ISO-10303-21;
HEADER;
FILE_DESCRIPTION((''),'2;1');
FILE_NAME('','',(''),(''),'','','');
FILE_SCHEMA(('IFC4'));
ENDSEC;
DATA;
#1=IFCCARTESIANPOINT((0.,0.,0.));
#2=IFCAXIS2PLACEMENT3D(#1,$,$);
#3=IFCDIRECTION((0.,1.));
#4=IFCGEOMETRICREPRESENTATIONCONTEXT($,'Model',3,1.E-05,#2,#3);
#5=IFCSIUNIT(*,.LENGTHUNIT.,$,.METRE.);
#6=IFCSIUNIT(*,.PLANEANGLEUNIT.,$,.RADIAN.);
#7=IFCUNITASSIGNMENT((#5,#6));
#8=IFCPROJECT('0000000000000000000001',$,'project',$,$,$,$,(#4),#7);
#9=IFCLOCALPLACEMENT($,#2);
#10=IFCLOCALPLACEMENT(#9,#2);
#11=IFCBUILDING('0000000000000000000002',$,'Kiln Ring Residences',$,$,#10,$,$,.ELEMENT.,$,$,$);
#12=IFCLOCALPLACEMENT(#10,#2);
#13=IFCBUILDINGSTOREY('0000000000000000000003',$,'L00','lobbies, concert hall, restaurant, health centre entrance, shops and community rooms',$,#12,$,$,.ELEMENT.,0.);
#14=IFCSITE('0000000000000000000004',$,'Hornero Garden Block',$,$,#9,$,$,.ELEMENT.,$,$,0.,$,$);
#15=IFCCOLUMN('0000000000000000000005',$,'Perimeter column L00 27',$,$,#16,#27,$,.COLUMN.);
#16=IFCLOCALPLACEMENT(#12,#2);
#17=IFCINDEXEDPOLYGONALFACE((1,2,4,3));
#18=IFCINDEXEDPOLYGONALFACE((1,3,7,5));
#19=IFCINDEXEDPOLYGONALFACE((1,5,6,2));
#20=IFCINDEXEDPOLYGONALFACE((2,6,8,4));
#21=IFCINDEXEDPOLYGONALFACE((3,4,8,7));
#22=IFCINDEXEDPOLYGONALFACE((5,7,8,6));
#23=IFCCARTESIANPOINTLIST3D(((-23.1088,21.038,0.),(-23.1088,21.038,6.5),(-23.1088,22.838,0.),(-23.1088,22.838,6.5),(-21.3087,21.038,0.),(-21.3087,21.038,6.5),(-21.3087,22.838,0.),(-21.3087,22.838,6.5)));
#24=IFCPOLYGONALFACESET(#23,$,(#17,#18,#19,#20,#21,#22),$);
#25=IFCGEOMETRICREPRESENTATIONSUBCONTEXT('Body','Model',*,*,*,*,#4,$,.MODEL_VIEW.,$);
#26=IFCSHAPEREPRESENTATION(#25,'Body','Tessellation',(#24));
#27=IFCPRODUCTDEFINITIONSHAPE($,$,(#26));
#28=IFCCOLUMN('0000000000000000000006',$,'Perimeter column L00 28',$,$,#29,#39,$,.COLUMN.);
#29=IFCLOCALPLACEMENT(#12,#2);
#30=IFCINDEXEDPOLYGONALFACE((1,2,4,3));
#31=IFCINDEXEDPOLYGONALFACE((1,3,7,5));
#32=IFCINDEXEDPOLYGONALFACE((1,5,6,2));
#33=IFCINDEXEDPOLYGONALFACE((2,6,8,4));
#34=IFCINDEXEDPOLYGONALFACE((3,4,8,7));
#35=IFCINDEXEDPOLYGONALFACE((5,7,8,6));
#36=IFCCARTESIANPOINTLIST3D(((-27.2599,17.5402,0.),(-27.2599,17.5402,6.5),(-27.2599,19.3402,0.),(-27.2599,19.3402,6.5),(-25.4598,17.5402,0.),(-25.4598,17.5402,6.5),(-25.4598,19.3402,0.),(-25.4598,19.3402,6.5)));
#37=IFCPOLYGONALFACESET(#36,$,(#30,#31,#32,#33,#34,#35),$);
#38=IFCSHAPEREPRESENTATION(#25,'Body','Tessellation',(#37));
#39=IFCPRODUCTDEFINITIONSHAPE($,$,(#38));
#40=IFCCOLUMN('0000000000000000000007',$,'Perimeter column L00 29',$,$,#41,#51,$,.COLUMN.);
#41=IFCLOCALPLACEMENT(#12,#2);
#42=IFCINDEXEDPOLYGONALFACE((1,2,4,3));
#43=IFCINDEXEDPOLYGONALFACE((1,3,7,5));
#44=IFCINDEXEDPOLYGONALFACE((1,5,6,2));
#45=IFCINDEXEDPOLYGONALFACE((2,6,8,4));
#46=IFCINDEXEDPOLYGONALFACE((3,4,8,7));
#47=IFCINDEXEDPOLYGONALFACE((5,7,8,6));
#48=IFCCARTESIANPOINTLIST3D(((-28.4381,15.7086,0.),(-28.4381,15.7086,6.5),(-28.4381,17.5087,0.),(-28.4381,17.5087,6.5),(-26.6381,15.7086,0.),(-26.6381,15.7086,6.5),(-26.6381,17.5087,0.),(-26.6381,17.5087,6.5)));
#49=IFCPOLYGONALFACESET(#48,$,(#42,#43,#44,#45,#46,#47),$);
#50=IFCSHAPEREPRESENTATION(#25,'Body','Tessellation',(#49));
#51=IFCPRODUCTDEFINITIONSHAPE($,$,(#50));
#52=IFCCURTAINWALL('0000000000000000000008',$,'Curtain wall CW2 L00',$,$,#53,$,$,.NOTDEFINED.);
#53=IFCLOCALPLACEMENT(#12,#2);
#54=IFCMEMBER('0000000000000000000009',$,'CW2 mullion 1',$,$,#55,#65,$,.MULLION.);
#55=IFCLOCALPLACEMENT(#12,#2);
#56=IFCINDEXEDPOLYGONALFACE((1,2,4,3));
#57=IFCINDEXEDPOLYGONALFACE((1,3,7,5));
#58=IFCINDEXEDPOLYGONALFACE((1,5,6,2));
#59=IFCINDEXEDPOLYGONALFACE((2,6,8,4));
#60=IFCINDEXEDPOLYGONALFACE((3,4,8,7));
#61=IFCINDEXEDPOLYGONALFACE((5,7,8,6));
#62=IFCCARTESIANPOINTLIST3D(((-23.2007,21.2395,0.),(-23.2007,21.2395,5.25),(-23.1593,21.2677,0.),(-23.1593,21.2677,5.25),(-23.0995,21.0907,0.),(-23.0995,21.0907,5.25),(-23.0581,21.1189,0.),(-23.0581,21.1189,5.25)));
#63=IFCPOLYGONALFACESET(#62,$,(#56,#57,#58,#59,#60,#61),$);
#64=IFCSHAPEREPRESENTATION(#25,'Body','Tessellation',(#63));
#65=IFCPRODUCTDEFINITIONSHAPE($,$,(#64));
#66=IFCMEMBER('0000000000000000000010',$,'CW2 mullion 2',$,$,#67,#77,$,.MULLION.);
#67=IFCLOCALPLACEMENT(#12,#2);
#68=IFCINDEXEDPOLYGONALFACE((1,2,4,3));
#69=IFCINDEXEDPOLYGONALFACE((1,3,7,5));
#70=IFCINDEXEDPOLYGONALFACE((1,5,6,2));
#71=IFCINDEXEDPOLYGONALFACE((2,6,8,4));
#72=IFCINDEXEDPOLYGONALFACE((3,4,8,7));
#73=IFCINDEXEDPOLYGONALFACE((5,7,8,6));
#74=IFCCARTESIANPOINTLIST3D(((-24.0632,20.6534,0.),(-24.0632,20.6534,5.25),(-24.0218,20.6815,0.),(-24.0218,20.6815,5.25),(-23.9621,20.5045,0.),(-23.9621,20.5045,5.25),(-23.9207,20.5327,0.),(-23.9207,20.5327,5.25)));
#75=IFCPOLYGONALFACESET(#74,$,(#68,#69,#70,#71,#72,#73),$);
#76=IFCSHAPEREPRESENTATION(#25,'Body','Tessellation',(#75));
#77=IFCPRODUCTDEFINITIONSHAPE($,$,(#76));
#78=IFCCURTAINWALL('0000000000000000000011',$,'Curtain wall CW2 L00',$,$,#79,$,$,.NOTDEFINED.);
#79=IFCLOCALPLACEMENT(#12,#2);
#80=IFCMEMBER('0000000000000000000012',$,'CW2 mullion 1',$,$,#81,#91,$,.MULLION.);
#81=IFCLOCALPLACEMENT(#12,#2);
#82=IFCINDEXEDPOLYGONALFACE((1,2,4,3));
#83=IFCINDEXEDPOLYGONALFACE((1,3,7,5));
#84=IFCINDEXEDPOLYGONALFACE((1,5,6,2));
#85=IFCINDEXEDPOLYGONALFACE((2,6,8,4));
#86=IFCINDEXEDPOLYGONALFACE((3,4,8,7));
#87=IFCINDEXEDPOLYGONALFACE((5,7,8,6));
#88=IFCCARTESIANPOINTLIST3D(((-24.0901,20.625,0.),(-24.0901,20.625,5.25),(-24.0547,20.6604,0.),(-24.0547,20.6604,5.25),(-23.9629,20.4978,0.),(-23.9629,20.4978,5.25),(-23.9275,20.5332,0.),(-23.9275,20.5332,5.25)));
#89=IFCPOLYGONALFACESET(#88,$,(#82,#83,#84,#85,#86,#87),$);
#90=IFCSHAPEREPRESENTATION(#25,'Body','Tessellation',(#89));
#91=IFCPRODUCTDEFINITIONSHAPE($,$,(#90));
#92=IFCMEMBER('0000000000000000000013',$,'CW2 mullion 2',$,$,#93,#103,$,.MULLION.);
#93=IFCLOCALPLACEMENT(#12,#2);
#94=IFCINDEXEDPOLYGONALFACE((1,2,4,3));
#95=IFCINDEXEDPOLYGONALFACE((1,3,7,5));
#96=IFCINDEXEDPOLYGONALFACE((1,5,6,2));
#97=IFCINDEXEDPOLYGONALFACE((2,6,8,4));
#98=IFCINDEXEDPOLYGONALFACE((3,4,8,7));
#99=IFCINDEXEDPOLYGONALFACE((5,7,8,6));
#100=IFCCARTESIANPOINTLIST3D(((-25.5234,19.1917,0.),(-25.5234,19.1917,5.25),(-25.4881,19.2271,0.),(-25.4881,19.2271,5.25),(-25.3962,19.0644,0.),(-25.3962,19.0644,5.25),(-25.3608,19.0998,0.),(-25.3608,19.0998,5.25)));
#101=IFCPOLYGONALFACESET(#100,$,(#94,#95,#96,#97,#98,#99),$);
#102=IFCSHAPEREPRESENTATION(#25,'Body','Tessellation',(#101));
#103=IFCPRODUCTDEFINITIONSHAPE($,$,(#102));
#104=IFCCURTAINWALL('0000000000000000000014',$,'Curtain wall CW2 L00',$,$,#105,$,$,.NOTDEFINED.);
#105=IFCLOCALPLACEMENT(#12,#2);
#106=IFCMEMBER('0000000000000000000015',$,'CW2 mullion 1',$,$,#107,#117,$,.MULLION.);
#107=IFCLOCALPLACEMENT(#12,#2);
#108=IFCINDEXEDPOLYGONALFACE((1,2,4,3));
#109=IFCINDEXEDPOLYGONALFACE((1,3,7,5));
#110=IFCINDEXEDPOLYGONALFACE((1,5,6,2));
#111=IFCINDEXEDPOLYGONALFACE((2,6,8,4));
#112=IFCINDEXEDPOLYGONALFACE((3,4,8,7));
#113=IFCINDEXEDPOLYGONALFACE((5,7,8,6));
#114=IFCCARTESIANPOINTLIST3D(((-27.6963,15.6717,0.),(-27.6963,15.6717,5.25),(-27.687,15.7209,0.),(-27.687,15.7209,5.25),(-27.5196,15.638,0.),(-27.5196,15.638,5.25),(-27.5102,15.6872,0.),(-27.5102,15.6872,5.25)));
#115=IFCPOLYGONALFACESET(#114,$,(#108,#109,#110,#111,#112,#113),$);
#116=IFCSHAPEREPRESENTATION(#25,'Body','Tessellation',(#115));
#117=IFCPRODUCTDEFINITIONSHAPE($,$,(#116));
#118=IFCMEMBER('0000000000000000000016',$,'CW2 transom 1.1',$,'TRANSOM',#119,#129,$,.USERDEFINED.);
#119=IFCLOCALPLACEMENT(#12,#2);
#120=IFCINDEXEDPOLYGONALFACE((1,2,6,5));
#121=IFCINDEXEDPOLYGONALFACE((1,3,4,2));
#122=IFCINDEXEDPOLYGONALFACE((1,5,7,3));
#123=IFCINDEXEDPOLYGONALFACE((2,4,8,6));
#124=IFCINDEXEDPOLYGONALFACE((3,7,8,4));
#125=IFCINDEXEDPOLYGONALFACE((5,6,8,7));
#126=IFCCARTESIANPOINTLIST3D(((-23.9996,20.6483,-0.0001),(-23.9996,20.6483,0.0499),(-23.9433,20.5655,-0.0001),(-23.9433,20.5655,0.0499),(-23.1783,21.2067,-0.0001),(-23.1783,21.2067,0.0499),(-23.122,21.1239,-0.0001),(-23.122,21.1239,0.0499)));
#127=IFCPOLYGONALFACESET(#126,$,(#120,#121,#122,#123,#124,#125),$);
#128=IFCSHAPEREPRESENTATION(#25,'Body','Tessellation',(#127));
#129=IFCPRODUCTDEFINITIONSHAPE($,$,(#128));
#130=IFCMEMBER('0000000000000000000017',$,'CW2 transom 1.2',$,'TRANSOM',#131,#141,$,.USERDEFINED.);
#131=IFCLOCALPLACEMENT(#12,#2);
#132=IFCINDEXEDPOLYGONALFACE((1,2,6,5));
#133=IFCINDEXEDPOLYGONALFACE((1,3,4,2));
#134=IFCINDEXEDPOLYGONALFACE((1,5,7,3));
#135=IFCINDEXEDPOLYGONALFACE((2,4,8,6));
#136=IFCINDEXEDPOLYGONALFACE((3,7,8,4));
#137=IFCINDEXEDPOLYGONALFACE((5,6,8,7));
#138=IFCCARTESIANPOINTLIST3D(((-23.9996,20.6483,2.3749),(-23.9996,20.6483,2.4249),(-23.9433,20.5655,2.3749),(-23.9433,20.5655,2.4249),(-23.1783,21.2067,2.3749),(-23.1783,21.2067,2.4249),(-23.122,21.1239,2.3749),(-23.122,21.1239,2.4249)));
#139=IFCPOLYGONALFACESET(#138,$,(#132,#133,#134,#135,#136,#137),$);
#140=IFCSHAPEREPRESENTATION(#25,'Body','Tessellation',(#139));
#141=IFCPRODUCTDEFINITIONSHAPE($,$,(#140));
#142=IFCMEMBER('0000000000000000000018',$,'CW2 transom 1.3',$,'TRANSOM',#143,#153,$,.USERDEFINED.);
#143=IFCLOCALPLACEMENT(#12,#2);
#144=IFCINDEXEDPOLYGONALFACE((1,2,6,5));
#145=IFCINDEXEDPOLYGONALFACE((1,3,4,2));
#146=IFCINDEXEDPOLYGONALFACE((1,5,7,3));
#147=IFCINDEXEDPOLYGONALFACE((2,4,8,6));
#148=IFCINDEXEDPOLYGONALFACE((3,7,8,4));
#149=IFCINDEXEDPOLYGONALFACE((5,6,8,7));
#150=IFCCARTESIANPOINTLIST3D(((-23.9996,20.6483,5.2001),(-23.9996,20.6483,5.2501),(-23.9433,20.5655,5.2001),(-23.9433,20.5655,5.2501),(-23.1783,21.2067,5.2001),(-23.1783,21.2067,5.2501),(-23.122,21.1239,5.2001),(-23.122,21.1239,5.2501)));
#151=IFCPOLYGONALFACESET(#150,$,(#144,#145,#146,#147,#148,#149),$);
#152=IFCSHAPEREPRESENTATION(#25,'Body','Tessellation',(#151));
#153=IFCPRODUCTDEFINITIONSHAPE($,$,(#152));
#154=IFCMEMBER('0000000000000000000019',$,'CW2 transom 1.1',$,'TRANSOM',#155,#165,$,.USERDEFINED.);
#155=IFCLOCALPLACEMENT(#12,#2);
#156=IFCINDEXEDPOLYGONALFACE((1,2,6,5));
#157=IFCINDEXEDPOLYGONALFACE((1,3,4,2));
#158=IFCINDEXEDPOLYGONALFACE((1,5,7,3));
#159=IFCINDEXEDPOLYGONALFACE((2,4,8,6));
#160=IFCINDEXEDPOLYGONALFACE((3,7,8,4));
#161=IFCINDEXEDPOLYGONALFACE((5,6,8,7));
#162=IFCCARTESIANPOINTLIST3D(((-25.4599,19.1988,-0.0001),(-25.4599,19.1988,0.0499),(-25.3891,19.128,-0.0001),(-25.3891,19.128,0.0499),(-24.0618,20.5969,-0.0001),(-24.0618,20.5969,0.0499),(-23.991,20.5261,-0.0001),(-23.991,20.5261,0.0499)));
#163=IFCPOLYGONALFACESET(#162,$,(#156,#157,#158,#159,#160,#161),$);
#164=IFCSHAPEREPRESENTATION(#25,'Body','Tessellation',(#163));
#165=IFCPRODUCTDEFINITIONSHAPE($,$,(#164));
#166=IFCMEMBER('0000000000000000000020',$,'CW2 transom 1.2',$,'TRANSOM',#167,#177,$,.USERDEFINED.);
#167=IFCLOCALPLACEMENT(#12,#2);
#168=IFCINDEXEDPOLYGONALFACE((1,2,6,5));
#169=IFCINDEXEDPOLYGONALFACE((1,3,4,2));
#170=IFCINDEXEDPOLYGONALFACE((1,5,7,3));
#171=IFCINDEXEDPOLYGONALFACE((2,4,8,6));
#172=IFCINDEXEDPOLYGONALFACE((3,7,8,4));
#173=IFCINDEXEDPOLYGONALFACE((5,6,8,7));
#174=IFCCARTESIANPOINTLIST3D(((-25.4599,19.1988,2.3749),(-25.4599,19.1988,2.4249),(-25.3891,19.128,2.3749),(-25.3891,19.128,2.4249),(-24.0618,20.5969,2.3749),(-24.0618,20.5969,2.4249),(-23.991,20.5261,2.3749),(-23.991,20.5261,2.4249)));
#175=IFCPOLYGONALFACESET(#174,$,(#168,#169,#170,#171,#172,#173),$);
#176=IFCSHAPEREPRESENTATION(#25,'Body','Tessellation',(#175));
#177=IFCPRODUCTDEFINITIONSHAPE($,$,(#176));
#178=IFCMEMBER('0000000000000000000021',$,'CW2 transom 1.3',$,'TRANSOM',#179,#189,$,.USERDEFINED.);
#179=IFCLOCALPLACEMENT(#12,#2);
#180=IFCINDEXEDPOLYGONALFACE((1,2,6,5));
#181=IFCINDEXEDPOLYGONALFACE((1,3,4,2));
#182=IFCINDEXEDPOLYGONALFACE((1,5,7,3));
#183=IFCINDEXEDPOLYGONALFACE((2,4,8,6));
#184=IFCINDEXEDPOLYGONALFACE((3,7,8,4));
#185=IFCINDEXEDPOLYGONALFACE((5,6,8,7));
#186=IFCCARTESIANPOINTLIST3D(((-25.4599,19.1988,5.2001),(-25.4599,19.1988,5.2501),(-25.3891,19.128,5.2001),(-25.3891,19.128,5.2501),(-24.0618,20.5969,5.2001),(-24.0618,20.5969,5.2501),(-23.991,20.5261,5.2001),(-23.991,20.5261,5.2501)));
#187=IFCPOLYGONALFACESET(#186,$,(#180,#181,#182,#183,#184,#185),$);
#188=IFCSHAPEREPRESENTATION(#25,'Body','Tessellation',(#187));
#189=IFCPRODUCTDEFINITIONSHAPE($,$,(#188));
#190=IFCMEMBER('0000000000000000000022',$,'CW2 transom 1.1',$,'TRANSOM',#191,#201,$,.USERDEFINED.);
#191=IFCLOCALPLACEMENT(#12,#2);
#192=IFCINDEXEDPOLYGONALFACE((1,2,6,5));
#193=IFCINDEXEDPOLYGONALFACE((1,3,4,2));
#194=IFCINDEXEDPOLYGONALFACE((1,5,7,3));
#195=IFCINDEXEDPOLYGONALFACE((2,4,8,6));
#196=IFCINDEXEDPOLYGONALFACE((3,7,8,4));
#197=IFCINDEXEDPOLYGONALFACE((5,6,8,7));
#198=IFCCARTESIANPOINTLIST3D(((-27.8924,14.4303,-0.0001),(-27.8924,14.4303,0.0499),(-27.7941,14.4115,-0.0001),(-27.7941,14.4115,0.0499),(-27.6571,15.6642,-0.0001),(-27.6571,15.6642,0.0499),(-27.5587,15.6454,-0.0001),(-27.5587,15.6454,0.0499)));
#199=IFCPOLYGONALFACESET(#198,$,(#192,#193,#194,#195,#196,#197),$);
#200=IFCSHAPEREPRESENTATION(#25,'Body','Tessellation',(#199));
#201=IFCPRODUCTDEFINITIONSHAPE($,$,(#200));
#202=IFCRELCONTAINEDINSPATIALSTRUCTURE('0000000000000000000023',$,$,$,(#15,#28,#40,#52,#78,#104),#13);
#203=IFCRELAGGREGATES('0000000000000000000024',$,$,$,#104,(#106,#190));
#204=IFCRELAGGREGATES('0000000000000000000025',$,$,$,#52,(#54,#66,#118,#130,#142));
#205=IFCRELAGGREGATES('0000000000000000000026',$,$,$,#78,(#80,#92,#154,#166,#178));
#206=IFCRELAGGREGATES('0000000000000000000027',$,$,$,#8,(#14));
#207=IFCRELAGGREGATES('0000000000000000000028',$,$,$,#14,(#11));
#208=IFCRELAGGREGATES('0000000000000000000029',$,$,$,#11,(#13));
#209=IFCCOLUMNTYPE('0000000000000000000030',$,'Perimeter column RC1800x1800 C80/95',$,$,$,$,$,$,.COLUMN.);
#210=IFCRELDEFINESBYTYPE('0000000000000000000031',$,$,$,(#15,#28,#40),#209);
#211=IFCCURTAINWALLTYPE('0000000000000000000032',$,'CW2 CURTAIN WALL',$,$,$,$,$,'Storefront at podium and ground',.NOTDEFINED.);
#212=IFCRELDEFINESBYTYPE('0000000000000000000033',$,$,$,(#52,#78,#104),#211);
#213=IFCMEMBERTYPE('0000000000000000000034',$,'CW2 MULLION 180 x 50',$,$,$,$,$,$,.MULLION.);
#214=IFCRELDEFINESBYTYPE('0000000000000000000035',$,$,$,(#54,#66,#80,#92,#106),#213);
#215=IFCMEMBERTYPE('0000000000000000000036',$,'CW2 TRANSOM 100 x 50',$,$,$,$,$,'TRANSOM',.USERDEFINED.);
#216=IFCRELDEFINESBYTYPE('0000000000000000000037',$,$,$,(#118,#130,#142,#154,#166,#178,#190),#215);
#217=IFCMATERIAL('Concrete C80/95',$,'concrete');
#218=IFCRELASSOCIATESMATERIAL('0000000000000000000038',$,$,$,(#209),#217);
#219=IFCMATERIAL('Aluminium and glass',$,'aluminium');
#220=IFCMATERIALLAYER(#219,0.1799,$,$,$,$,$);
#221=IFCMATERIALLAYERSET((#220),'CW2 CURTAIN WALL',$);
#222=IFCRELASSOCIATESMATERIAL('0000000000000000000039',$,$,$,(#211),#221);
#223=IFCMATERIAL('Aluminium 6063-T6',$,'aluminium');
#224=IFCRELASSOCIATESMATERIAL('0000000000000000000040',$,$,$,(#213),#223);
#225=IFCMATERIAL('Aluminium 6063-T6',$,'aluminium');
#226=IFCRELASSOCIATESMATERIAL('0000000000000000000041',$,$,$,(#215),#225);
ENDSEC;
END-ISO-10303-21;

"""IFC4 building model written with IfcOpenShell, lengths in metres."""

from ifc_helpers import new_model, si_unit, direction, frame, origin, origin_2d, place, context, subcontext, project, spatial, rectangle, extrude, material, layer, layer_set, material_profile, profile_set, type_object, element, aggregate, save


model = new_model("IFC4")

# Units and contexts
model_context = context("Model", 3, precision=1e-05, world=origin(), true_north=direction((0.0, 1.0)))
body_context = subcontext(model_context, "Body", "Model", "MODEL_VIEW")
ifc_project = project(units=[si_unit("LENGTHUNIT", "METRE"), si_unit("PLANEANGLEUNIT", "RADIAN")], contexts=[model_context])

# Site, building, storey
site_placement = place(None, origin())
site = spatial("IfcSite", under=ifc_project, at=site_placement, Name="Hornero Garden Block", CompositionType="ELEMENT", RefElevation=0.0)
building_placement = place(site_placement, origin())
building = spatial("IfcBuilding", under=site, at=building_placement, Name="Kiln Ring Residences", CompositionType="ELEMENT")
storey_placement = place(building_placement, origin())
storey = spatial("IfcBuildingStorey", under=building, at=storey_placement, Name="L00", Description="lobbies, concert hall, restaurant, health centre entrance, shops and community rooms", CompositionType="ELEMENT", Elevation=0.0)

# Columns
ifc_material_1 = material(Name="Concrete C80/95", Category="concrete")
ifc_material_profile_1 = material_profile(ifc_material_1, rectangle(XDim=1.8, YDim=1.8, at=origin_2d()), Name="RC1800x1800")
ifc_profile_set_1 = profile_set([ifc_material_profile_1], Name="Concrete C80/95")
column_type = type_object("IfcColumnType", Name="Perimeter column RC1800x1800 C80/95", PredefinedType="COLUMN", material=ifc_profile_set_1)
for number, where, z_axis, x_axis, name in (
    (1, (-22.2087, 21.938, 0.0), (0.0, 0.0, 1.0), (1.0, 0.0, 0.0), "Perimeter column L00 27"),
    (2, (-26.3599, 18.4402, 0.0), (0.0, 0.0, 1.0), (1.0, 0.0, 0.0), "Perimeter column L00 28"),
    (3, (-27.5381, 16.6086, 0.0), (0.0, 0.0, 1.0), (1.0, 0.0, 0.0), "Perimeter column L00 29"),
):
    element("IfcColumn", number, at=place(storey_placement, frame(where, z_axis=z_axis, x_axis=x_axis)), inside=storey, type_object=column_type, Name=name, PredefinedType="COLUMN", context=body_context, shape_type="SweptSolid", body=[
        extrude(rectangle(XDim=1.8, YDim=1.8, at=origin_2d()), origin(), (0.0, 0.0, 1.0), 6.5),
    ])

# Curtain walls, members
ifc_material_2 = material(Name="Aluminium and glass", Category="aluminium")
ifc_layer_1 = layer(ifc_material_2, 0.1799)
ifc_layer_set_1 = layer_set([ifc_layer_1], Name="CW2 CURTAIN WALL")
curtain_wall_type = type_object("IfcCurtainWallType", Name="CW2 CURTAIN WALL", ElementType="Storefront at podium and ground", PredefinedType="NOTDEFINED", material=ifc_layer_set_1)
placement = place(storey_placement, origin())
curtain_wall_1 = element("IfcCurtainWall", 4, at=placement, inside=storey, type_object=curtain_wall_type, Name="Curtain wall CW2 L00", PredefinedType="NOTDEFINED")
ifc_material_3 = material(Name="Aluminium 6063-T6", Category="aluminium")
ifc_material_profile_2 = material_profile(ifc_material_3, rectangle(XDim=0.1799, YDim=0.05, at=origin_2d()), Name="AL 180x50")
ifc_profile_set_2 = profile_set([ifc_material_profile_2], Name="Aluminium 6063-T6")
member_type_1 = type_object("IfcMemberType", Name="CW2 MULLION 180 x 50", PredefinedType="MULLION", material=ifc_profile_set_2)
member_1_placement = place(storey_placement, frame((-23.1294, 21.1792, 0.0), z_axis=(0.0, 0.0, 1.0), x_axis=(0.562097, -0.827072, 0.0)))
member_1 = element("IfcMember", 5, at=member_1_placement, type_object=member_type_1, Name="CW2 mullion 1", PredefinedType="MULLION", context=body_context, shape_type="SweptSolid", body=[
    extrude(rectangle(XDim=0.1799, YDim=0.05, at=origin_2d()), origin(), (0.0, 0.0, 1.0), 5.25),
])
member_2_placement = place(storey_placement, frame((-23.9919, 20.593, 0.0), z_axis=(0.0, 0.0, 1.0), x_axis=(0.562097, -0.827072, 0.0)))
member_2 = element("IfcMember", 6, at=member_2_placement, type_object=member_type_1, Name="CW2 mullion 2", PredefinedType="MULLION", context=body_context, shape_type="SweptSolid", body=[
    extrude(rectangle(XDim=0.1799, YDim=0.05, at=origin_2d()), origin(), (0.0, 0.0, 1.0), 5.25),
])
curtain_wall_2 = element("IfcCurtainWall", 7, at=placement, inside=storey, type_object=curtain_wall_type, Name="Curtain wall CW2 L00", PredefinedType="NOTDEFINED")
member_3_placement = place(storey_placement, frame((-24.0088, 20.5791, 0.0), z_axis=(0.0, 0.0, 1.0), x_axis=(0.707107, -0.707107, 0.0)))
member_3 = element("IfcMember", 8, at=member_3_placement, type_object=member_type_1, Name="CW2 mullion 1", PredefinedType="MULLION", context=body_context, shape_type="SweptSolid", body=[
    extrude(rectangle(XDim=0.1799, YDim=0.05, at=origin_2d()), origin(), (0.0, 0.0, 1.0), 5.25),
])
member_4_placement = place(storey_placement, frame((-25.4421, 19.1458, 0.0), z_axis=(0.0, 0.0, 1.0), x_axis=(0.707107, -0.707107, 0.0)))
member_4 = element("IfcMember", 9, at=member_4_placement, type_object=member_type_1, Name="CW2 mullion 2", PredefinedType="MULLION", context=body_context, shape_type="SweptSolid", body=[
    extrude(rectangle(XDim=0.1799, YDim=0.05, at=origin_2d()), origin(), (0.0, 0.0, 1.0), 5.25),
])

# Curtain wall, member
curtain_wall_3 = element("IfcCurtainWall", 10, at=placement, inside=storey, type_object=curtain_wall_type, Name="Curtain wall CW2 L00", PredefinedType="NOTDEFINED")
member_5_placement = place(storey_placement, frame((-27.6033, 15.6794, 0.0), z_axis=(0.0, 0.0, 1.0), x_axis=(0.98229, -0.187366, 0.0)))
member_5 = element("IfcMember", 11, at=member_5_placement, type_object=member_type_1, Name="CW2 mullion 1", PredefinedType="MULLION", context=body_context, shape_type="SweptSolid", body=[
    extrude(rectangle(XDim=0.1799, YDim=0.05, at=origin_2d()), origin(), (0.0, 0.0, 1.0), 5.25),
])

# Members
ifc_material_4 = material(Name="Aluminium 6063-T6", Category="aluminium")
ifc_material_profile_3 = material_profile(ifc_material_4, rectangle(XDim=0.1001, YDim=0.05, at=origin_2d()), Name="AL 100x50")
ifc_profile_set_3 = profile_set([ifc_material_profile_3], Name="Aluminium 6063-T6")
member_type_2 = type_object("IfcMemberType", Name="CW2 TRANSOM 100 x 50", ElementType="TRANSOM", PredefinedType="USERDEFINED", material=ifc_profile_set_3)
member_6_placement = place(storey_placement, frame((-23.1501, 21.1653, 0.0249), z_axis=(-0.826986, -0.562223, 0.0), x_axis=(0.562223, -0.826986, 0.0)))
member_6 = element("IfcMember", 12, at=member_6_placement, type_object=member_type_2, Name="CW2 transom 1.1", ObjectType="TRANSOM", PredefinedType="USERDEFINED", context=body_context, shape_type="SweptSolid", body=[
    extrude(rectangle(XDim=0.1001, YDim=0.05, at=origin_2d()), origin(), (0.0, 0.0, 1.0), 0.9932),
])
member_7_placement = place(storey_placement, frame((-23.1501, 21.1653, 2.3999), z_axis=(-0.826986, -0.562223, 0.0), x_axis=(0.562223, -0.826986, 0.0)))
member_7 = element("IfcMember", 13, at=member_7_placement, type_object=member_type_2, Name="CW2 transom 1.2", ObjectType="TRANSOM", PredefinedType="USERDEFINED", context=body_context, shape_type="SweptSolid", body=[
    extrude(rectangle(XDim=0.1001, YDim=0.05, at=origin_2d()), origin(), (0.0, 0.0, 1.0), 0.9932),
])
member_8_placement = place(storey_placement, frame((-23.1501, 21.1653, 5.2251), z_axis=(-0.826986, -0.562223, 0.0), x_axis=(0.562223, -0.826986, 0.0)))
member_8 = element("IfcMember", 14, at=member_8_placement, type_object=member_type_2, Name="CW2 transom 1.3", ObjectType="TRANSOM", PredefinedType="USERDEFINED", context=body_context, shape_type="SweptSolid", body=[
    extrude(rectangle(XDim=0.1001, YDim=0.05, at=origin_2d()), origin(), (0.0, 0.0, 1.0), 0.9932),
])
member_9_placement = place(storey_placement, frame((-24.0264, 20.5615, 0.0249), z_axis=(-0.707107, -0.707107, 0.0), x_axis=(0.707107, -0.707107, 0.0)))
member_9 = element("IfcMember", 15, at=member_9_placement, type_object=member_type_2, Name="CW2 transom 1.1", ObjectType="TRANSOM", PredefinedType="USERDEFINED", context=body_context, shape_type="SweptSolid", body=[
    extrude(rectangle(XDim=0.1001, YDim=0.05, at=origin_2d()), origin(), (0.0, 0.0, 1.0), 1.9773),
])
member_10_placement = place(storey_placement, frame((-24.0264, 20.5615, 2.3999), z_axis=(-0.707107, -0.707107, 0.0), x_axis=(0.707107, -0.707107, 0.0)))
member_10 = element("IfcMember", 16, at=member_10_placement, type_object=member_type_2, Name="CW2 transom 1.2", ObjectType="TRANSOM", PredefinedType="USERDEFINED", context=body_context, shape_type="SweptSolid", body=[
    extrude(rectangle(XDim=0.1001, YDim=0.05, at=origin_2d()), origin(), (0.0, 0.0, 1.0), 1.9773),
])
member_11_placement = place(storey_placement, frame((-24.0264, 20.5615, 5.2251), z_axis=(-0.707107, -0.707107, 0.0), x_axis=(0.707107, -0.707107, 0.0)))
member_11 = element("IfcMember", 17, at=member_11_placement, type_object=member_type_2, Name="CW2 transom 1.3", ObjectType="TRANSOM", PredefinedType="USERDEFINED", context=body_context, shape_type="SweptSolid", body=[
    extrude(rectangle(XDim=0.1001, YDim=0.05, at=origin_2d()), origin(), (0.0, 0.0, 1.0), 1.9773),
])
member_12_placement = place(storey_placement, frame((-27.6079, 15.6548, 0.0249), z_axis=(-0.187362, -0.982291, 0.0), x_axis=(0.982291, -0.187362, 0.0)))
member_12 = element("IfcMember", 18, at=member_12_placement, type_object=member_type_2, Name="CW2 transom 1.1", ObjectType="TRANSOM", PredefinedType="USERDEFINED", context=body_context, shape_type="SweptSolid", body=[
    extrude(rectangle(XDim=0.1001, YDim=0.05, at=origin_2d()), origin(), (0.0, 0.0, 1.0), 1.2561),
])
aggregate(curtain_wall_3, [member_5, member_12])

aggregate(curtain_wall_1, [member_1, member_2, member_6, member_7, member_8])
aggregate(curtain_wall_2, [member_3, member_4, member_9, member_10, member_11])

save(model, "model.ifc")
